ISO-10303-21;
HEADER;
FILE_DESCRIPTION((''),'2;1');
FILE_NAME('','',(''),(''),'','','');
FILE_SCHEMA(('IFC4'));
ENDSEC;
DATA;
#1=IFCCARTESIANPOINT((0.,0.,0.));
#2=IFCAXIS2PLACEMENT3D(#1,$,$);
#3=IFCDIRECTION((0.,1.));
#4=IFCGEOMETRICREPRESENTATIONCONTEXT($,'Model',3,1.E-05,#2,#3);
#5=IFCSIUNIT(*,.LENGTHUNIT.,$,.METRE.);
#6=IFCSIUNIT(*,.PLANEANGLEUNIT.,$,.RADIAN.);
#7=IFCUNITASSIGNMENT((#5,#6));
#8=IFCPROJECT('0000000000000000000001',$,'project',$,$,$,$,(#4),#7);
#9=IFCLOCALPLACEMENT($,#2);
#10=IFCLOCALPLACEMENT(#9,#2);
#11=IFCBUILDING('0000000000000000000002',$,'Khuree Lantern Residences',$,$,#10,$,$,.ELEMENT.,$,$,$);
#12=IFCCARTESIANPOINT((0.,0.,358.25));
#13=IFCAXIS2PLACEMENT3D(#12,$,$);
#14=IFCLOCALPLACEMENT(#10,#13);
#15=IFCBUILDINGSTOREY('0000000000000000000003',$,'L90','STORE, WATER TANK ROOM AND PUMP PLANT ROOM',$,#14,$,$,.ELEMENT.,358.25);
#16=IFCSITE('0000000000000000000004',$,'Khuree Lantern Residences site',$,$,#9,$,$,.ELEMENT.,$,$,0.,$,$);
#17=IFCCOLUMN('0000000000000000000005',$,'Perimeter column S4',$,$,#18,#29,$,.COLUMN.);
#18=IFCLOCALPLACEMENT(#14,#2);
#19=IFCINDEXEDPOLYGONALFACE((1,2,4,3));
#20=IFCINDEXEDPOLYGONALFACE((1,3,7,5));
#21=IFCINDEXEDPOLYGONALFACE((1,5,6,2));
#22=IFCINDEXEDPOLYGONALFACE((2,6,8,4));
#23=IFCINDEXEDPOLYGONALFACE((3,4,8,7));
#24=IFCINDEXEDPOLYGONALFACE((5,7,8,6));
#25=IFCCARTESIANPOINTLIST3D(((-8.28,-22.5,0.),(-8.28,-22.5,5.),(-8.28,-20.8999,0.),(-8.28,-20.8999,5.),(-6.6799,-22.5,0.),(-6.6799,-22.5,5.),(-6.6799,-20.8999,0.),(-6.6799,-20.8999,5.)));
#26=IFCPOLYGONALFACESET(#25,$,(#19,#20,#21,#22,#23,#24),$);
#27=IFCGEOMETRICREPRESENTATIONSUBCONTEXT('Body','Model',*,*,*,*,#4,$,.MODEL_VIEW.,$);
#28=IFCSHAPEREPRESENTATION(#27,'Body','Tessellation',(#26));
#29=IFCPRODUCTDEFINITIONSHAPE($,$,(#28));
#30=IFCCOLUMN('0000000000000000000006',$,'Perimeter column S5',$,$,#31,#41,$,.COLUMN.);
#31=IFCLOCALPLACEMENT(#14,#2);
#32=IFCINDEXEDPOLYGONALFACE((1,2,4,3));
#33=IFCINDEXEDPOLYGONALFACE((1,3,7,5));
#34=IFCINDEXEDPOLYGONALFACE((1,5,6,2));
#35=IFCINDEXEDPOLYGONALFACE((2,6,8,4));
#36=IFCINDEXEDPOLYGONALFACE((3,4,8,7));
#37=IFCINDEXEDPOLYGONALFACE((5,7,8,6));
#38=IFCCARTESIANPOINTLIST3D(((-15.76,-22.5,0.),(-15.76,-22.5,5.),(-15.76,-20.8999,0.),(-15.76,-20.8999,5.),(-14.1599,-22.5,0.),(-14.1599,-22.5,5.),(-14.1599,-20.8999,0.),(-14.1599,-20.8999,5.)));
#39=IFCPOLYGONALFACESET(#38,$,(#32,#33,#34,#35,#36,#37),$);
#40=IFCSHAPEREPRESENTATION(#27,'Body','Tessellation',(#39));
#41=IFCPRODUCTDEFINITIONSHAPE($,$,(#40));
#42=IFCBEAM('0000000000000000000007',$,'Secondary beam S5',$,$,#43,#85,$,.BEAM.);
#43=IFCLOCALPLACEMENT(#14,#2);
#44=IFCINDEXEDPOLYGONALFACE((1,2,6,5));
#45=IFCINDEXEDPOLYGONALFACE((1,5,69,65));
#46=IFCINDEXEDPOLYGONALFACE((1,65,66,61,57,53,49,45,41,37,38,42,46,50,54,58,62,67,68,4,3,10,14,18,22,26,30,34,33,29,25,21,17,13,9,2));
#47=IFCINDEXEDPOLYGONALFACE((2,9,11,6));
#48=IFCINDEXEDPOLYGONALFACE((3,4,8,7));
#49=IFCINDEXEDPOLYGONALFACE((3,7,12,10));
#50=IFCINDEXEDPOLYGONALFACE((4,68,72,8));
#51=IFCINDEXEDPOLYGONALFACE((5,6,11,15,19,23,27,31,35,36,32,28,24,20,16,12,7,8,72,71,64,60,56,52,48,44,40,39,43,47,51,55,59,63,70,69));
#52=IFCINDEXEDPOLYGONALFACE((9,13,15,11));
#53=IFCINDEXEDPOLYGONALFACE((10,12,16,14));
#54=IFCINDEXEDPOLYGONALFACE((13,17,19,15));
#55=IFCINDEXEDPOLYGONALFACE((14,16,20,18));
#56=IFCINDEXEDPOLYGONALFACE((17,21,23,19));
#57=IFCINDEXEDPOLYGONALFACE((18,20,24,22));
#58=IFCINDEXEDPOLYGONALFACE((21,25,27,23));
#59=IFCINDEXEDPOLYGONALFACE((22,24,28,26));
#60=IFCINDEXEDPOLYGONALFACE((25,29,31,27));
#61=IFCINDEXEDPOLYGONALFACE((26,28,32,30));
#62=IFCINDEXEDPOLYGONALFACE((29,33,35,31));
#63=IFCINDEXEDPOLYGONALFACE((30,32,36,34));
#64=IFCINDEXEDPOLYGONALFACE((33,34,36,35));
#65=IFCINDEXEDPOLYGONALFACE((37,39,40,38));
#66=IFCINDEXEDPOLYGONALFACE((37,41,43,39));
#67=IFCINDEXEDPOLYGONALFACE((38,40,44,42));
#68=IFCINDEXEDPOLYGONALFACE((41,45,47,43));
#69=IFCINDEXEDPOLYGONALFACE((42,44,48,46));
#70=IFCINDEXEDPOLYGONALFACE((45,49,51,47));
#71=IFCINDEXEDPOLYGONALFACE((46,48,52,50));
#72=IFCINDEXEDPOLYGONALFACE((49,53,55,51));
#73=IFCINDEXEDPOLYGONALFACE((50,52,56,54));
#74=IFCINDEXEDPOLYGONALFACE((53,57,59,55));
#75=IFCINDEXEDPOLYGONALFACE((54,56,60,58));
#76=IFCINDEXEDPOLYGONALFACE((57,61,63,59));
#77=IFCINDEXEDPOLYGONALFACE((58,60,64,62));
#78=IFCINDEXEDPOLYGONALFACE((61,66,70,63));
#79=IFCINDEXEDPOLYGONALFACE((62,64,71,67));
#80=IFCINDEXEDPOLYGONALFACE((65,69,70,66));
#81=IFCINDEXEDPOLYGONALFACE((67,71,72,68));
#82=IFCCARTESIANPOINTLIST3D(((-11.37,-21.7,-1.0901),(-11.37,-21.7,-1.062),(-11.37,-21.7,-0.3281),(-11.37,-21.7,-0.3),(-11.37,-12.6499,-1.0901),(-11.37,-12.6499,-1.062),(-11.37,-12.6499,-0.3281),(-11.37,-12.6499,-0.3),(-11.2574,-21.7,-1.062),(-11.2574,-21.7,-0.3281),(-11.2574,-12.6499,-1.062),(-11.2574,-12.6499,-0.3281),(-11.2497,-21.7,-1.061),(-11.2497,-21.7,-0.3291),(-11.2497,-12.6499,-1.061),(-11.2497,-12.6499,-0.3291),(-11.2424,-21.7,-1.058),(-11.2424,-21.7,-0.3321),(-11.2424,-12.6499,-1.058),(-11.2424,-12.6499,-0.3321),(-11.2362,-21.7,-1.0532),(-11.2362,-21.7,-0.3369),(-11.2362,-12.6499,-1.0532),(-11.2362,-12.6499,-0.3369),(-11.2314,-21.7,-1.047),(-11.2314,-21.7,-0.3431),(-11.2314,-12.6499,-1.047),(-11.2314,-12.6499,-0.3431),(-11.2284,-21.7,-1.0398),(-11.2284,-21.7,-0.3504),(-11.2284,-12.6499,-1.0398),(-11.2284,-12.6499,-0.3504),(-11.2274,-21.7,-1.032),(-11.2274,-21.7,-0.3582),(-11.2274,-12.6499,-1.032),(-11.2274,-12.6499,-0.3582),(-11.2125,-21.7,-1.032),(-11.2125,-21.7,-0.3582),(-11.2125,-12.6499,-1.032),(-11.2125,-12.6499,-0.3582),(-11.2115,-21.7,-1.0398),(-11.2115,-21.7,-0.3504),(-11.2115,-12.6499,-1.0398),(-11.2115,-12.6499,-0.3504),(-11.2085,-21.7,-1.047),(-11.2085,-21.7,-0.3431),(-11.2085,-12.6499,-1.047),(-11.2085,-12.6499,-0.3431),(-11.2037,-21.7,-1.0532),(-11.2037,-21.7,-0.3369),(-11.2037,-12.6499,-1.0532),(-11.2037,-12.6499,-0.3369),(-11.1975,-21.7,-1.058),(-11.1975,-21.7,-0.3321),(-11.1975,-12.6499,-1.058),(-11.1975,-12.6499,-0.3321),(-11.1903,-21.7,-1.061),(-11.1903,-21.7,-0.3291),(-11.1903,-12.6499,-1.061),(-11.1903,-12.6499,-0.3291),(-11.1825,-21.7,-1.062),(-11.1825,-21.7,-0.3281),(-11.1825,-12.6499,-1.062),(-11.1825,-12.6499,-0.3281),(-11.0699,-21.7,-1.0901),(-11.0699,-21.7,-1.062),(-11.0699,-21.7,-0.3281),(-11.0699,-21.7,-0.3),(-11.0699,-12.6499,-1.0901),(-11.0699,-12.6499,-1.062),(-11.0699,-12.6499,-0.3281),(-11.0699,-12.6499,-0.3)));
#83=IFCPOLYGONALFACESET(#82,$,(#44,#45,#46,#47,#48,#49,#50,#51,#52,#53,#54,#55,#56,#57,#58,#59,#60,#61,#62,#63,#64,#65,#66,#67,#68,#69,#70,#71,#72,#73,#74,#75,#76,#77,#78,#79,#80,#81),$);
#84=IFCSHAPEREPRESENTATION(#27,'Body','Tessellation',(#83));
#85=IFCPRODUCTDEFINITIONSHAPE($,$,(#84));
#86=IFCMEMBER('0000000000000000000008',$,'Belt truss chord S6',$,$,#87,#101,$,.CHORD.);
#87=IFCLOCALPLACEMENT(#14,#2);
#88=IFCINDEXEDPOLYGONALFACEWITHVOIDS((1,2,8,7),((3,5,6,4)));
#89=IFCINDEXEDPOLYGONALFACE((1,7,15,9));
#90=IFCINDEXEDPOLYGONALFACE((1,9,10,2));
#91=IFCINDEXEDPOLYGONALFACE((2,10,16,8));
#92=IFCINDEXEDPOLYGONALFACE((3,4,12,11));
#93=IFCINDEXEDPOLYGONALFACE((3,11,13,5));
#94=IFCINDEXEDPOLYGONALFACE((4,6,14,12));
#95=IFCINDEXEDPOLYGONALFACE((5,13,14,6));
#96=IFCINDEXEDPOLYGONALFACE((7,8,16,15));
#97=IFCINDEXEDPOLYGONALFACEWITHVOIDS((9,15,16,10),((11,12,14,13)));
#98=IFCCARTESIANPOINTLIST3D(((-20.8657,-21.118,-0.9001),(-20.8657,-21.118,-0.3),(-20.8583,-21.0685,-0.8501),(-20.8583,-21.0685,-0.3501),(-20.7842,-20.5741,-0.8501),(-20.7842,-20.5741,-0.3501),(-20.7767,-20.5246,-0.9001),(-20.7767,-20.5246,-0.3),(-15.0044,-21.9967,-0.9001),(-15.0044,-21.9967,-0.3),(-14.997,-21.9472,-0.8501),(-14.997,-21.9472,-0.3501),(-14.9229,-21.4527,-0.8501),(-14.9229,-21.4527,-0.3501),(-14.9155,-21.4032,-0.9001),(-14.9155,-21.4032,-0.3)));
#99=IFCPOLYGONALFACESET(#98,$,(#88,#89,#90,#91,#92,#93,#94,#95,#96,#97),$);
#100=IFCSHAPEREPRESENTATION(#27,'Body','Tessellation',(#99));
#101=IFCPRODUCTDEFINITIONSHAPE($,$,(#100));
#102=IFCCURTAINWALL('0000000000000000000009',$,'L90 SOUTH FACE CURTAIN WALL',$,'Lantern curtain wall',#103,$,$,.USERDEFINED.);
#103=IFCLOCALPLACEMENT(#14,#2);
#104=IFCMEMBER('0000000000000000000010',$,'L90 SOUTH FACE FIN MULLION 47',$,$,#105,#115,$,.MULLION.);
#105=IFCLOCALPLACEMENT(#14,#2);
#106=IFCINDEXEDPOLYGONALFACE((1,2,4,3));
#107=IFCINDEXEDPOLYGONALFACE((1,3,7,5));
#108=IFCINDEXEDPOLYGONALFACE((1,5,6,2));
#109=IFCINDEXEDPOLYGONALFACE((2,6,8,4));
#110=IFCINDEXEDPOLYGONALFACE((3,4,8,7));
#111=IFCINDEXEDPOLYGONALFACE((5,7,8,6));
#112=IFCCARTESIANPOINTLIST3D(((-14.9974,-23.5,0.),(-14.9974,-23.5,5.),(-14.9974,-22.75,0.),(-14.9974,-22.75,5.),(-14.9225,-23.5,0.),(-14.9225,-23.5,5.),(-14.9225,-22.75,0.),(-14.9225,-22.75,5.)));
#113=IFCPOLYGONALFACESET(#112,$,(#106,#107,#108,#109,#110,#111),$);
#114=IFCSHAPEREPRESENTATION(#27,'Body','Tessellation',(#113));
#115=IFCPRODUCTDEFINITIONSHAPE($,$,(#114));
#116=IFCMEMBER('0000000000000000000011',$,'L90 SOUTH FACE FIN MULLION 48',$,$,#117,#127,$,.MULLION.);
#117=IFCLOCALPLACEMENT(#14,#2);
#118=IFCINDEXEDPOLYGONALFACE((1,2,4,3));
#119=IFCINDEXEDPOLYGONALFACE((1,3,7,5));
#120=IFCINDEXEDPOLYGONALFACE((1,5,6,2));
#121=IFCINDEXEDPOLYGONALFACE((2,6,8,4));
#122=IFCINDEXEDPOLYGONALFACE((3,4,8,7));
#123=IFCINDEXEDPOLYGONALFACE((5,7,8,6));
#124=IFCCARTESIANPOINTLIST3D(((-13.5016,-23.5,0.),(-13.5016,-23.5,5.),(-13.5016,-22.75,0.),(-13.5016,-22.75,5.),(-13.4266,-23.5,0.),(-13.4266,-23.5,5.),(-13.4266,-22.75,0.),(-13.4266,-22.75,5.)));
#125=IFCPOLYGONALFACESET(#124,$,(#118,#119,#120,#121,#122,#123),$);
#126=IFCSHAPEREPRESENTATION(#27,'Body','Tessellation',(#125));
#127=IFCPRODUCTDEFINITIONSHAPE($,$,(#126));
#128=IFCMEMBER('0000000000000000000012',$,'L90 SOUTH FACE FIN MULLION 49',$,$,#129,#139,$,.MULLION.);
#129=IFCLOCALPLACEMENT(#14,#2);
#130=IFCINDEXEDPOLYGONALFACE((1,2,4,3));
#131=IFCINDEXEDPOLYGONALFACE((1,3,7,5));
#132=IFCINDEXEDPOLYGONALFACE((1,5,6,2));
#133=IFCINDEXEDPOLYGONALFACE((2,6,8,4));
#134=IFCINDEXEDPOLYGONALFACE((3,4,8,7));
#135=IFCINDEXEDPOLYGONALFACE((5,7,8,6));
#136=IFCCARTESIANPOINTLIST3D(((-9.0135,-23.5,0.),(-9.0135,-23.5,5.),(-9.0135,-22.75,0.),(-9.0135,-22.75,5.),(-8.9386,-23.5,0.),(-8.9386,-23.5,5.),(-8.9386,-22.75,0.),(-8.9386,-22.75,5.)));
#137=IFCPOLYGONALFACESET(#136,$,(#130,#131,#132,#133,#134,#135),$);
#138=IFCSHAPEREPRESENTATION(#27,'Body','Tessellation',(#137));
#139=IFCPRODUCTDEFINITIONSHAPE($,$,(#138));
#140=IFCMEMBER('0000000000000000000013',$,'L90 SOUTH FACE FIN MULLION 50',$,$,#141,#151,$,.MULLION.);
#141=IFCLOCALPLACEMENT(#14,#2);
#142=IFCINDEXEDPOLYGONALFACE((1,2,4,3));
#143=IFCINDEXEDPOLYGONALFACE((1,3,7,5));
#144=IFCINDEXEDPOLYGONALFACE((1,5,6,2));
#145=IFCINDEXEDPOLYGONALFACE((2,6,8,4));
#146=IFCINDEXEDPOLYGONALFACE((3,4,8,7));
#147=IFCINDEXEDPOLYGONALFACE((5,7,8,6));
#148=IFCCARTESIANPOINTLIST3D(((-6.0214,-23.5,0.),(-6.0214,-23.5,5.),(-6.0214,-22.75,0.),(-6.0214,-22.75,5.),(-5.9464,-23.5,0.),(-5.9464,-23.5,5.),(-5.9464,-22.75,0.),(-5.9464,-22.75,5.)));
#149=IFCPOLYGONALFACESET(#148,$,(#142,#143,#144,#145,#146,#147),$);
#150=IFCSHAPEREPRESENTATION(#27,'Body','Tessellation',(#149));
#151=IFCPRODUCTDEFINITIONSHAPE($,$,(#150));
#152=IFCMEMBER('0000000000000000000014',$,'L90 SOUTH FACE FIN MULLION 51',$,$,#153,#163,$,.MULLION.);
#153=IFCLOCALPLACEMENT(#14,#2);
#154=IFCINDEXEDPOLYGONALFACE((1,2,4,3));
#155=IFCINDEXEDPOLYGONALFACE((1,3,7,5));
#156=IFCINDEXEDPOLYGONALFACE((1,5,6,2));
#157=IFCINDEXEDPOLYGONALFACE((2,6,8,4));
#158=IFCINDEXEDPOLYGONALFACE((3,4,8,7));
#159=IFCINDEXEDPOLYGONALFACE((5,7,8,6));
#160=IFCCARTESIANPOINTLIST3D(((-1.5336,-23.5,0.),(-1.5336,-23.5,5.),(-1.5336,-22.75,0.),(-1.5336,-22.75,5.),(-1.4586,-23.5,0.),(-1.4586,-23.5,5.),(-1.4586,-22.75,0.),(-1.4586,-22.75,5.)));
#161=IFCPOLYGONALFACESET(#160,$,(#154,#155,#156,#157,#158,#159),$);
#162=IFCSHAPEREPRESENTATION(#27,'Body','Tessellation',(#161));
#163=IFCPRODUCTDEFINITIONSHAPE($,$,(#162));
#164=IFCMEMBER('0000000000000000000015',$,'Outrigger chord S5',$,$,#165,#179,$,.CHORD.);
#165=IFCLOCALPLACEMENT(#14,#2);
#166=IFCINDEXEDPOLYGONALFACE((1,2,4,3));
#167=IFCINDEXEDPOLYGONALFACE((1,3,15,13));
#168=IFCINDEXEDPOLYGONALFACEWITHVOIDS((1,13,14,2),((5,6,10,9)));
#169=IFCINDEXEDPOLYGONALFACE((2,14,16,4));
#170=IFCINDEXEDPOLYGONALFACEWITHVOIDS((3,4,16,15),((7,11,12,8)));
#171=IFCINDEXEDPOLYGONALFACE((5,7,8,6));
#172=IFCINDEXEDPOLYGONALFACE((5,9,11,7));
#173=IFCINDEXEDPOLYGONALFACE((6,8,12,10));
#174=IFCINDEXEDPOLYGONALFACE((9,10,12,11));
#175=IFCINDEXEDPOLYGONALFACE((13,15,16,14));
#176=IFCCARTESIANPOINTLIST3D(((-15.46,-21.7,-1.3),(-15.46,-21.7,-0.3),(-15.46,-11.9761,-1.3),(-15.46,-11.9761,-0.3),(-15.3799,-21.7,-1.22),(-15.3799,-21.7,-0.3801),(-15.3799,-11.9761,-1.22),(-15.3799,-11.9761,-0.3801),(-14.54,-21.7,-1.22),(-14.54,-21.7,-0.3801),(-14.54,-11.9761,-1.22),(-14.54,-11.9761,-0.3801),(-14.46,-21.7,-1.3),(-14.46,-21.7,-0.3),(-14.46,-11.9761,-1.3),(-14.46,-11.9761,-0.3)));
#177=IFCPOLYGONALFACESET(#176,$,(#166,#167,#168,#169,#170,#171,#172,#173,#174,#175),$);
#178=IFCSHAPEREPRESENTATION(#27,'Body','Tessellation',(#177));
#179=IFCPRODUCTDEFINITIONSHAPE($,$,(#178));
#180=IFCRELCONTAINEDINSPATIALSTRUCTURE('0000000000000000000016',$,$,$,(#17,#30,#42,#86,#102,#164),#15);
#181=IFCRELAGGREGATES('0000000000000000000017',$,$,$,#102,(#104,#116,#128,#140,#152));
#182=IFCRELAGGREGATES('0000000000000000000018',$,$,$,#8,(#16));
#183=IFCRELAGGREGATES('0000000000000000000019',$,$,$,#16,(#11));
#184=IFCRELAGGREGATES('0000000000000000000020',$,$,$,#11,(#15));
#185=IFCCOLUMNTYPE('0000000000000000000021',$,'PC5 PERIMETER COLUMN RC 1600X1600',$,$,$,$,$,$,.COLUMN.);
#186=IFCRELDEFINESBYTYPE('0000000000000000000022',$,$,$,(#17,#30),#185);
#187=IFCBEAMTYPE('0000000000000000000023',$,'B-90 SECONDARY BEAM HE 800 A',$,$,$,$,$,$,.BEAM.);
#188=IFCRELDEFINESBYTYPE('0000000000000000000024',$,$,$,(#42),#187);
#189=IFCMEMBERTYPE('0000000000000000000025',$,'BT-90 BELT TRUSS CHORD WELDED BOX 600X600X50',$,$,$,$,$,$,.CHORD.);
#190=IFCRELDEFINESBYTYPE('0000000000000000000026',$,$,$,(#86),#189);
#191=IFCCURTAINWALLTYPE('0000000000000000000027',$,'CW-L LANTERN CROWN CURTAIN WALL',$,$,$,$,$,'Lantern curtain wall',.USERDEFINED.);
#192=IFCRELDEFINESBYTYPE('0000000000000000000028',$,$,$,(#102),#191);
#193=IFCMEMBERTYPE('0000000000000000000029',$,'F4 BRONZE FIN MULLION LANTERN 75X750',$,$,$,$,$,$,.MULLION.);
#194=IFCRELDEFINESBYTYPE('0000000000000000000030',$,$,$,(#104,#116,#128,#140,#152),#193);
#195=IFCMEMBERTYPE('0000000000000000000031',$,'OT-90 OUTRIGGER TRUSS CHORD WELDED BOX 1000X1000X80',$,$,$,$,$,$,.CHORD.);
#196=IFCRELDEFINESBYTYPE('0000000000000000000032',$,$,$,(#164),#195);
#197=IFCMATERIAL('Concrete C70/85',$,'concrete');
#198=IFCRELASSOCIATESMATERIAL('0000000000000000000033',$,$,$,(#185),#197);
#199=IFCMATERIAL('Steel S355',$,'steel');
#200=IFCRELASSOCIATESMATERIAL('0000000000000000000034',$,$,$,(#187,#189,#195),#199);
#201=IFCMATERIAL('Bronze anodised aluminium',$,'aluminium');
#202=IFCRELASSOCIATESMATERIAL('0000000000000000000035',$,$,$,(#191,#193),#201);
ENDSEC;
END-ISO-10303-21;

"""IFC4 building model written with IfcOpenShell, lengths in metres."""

from ifc_helpers import new_model, si_unit, direction, frame, origin, origin_2d, place, context, subcontext, project, spatial, rectangle, hollow_rectangle, i_section, extrude, material, material_profile, profile_set, type_object, element, aggregate, save


model = new_model("IFC4")

# Units and contexts
model_context = context("Model", 3, precision=1e-05, world=origin(), true_north=direction((0.0, 1.0)))
body_context = subcontext(model_context, "Body", "Model", "MODEL_VIEW")
ifc_project = project(units=[si_unit("LENGTHUNIT", "METRE"), si_unit("PLANEANGLEUNIT", "RADIAN")], contexts=[model_context])

# Site, building, storey
site_placement = place(None, origin())
site = spatial("IfcSite", under=ifc_project, at=site_placement, Name="Khuree Lantern Residences site", CompositionType="ELEMENT", RefElevation=0.0)
building_placement = place(site_placement, origin())
building = spatial("IfcBuilding", under=site, at=building_placement, Name="Khuree Lantern Residences", CompositionType="ELEMENT")
storey_placement = place(building_placement, frame((0.0, 0.0, 358.25)))
storey = spatial("IfcBuildingStorey", under=building, at=storey_placement, Name="L90", Description="STORE, WATER TANK ROOM AND PUMP PLANT ROOM", CompositionType="ELEMENT", Elevation=358.25)

# Columns
ifc_material_1 = material(Name="Concrete C70/85", Category="concrete")
ifc_material_profile_1 = material_profile(ifc_material_1, rectangle(XDim=1.6001, YDim=1.6001, at=origin_2d()), Name="RC 1600X1600")
ifc_profile_set_1 = profile_set([ifc_material_profile_1], Name="Concrete C70/85")
column_type = type_object("IfcColumnType", Name="PC5 PERIMETER COLUMN RC 1600X1600", PredefinedType="COLUMN", material=ifc_profile_set_1)
for number, where, z_axis, x_axis, name in (
    (1, (-7.48, -21.7, 0.0), (0.0, 0.0, 1.0), (1.0, 0.0, 0.0), "Perimeter column S4"),
    (2, (-14.96, -21.7, 0.0), (0.0, 0.0, 1.0), (1.0, 0.0, 0.0), "Perimeter column S5"),
):
    element("IfcColumn", number, at=place(storey_placement, frame(where, z_axis=z_axis, x_axis=x_axis)), inside=storey, type_object=column_type, Name=name, PredefinedType="COLUMN", context=body_context, shape_type="SweptSolid", body=[
        extrude(rectangle(XDim=1.6001, YDim=1.6001, at=origin_2d()), origin(), (0.0, 0.0, 1.0), 5.0),
    ])

# Beam
ifc_material_2 = material(Name="Steel S355", Category="steel")
ifc_material_profile_2 = material_profile(ifc_material_2, i_section(OverallWidth=0.3, OverallDepth=0.79, WebThickness=0.0149, FlangeThickness=0.0281, FilletRadius=0.03, at=origin_2d()), Name="HE 800 A")
ifc_profile_set_2 = profile_set([ifc_material_profile_2], Name="Steel S355")
beam_type = type_object("IfcBeamType", Name="B-90 SECONDARY BEAM HE 800 A", PredefinedType="BEAM", material=ifc_profile_set_2)
beam_placement = place(storey_placement, frame((-11.22, -21.7, -0.6951), z_axis=(0.0, 1.0, 0.0), x_axis=(-1.0, 0.0, 0.0)))
element("IfcBeam", 3, at=beam_placement, inside=storey, type_object=beam_type, Name="Secondary beam S5", PredefinedType="BEAM", context=body_context, shape_type="SweptSolid", body=[
    extrude(i_section(OverallWidth=0.3, OverallDepth=0.79, WebThickness=0.0149, FlangeThickness=0.0281, FilletRadius=0.03, at=origin_2d()), origin(), (0.0, 0.0, 1.0), 9.05),
])

# Member
ifc_material_profile_3 = material_profile(ifc_material_2, hollow_rectangle(XDim=0.6001, YDim=0.6001, WallThickness=0.05, at=origin_2d()), Name="WELDED BOX 600X600X50")
ifc_profile_set_3 = profile_set([ifc_material_profile_3], Name="Steel S355")
member_type_1 = type_object("IfcMemberType", Name="BT-90 BELT TRUSS CHORD WELDED BOX 600X600X50", PredefinedType="CHORD", material=ifc_profile_set_3)
member_1_placement = place(storey_placement, frame((-14.96, -21.7, -0.6001), z_axis=(-0.98895, 0.148252, 0.0), x_axis=(-0.148252, -0.98895, 0.0)))
element("IfcMember", 4, at=member_1_placement, inside=storey, type_object=member_type_1, Name="Belt truss chord S6", PredefinedType="CHORD", context=body_context, shape_type="SweptSolid", body=[
    extrude(hollow_rectangle(XDim=0.6001, YDim=0.6001, WallThickness=0.05, at=origin_2d()), origin(), (0.0, 0.0, 1.0), 5.9268),
])

# Curtain wall, members
ifc_material_3 = material(Name="Bronze anodised aluminium", Category="aluminium")
curtain_wall_type = type_object("IfcCurtainWallType", Name="CW-L LANTERN CROWN CURTAIN WALL", ElementType="Lantern curtain wall", PredefinedType="USERDEFINED", material=ifc_material_3)
curtain_wall_placement = place(storey_placement, origin())
curtain_wall = element("IfcCurtainWall", 5, at=curtain_wall_placement, inside=storey, type_object=curtain_wall_type, Name="L90 SOUTH FACE CURTAIN WALL", ObjectType="Lantern curtain wall", PredefinedType="USERDEFINED")
ifc_material_profile_4 = material_profile(ifc_material_3, rectangle(XDim=0.075, YDim=0.75, at=origin_2d()), Name="F4 75X750")
ifc_profile_set_4 = profile_set([ifc_material_profile_4], Name="Bronze anodised aluminium")
member_type_2 = type_object("IfcMemberType", Name="F4 BRONZE FIN MULLION LANTERN 75X750", PredefinedType="MULLION", material=ifc_profile_set_4)
member_2_placement = place(storey_placement, frame((-14.96, -23.125, 0.0), z_axis=(0.0, 0.0, 1.0), x_axis=(1.0, 0.0, 0.0)))
member_2 = element("IfcMember", 6, at=member_2_placement, type_object=member_type_2, Name="L90 SOUTH FACE FIN MULLION 47", PredefinedType="MULLION", context=body_context, shape_type="SweptSolid", body=[
    extrude(rectangle(XDim=0.075, YDim=0.75, at=origin_2d()), origin(), (0.0, 0.0, 1.0), 5.0),
])
member_3_placement = place(storey_placement, frame((-13.4641, -23.125, 0.0), z_axis=(0.0, 0.0, 1.0), x_axis=(1.0, 0.0, 0.0)))
member_3 = element("IfcMember", 7, at=member_3_placement, type_object=member_type_2, Name="L90 SOUTH FACE FIN MULLION 48", PredefinedType="MULLION", context=body_context, shape_type="SweptSolid", body=[
    extrude(rectangle(XDim=0.075, YDim=0.75, at=origin_2d()), origin(), (0.0, 0.0, 1.0), 5.0),
])
member_4_placement = place(storey_placement, frame((-8.9761, -23.125, 0.0), z_axis=(0.0, 0.0, 1.0), x_axis=(1.0, 0.0, 0.0)))
member_4 = element("IfcMember", 8, at=member_4_placement, type_object=member_type_2, Name="L90 SOUTH FACE FIN MULLION 49", PredefinedType="MULLION", context=body_context, shape_type="SweptSolid", body=[
    extrude(rectangle(XDim=0.075, YDim=0.75, at=origin_2d()), origin(), (0.0, 0.0, 1.0), 5.0),
])
member_5_placement = place(storey_placement, frame((-5.9839, -23.125, 0.0), z_axis=(0.0, 0.0, 1.0), x_axis=(1.0, 0.0, 0.0)))
member_5 = element("IfcMember", 9, at=member_5_placement, type_object=member_type_2, Name="L90 SOUTH FACE FIN MULLION 50", PredefinedType="MULLION", context=body_context, shape_type="SweptSolid", body=[
    extrude(rectangle(XDim=0.075, YDim=0.75, at=origin_2d()), origin(), (0.0, 0.0, 1.0), 5.0),
])
member_6_placement = place(storey_placement, frame((-1.4961, -23.125, 0.0), z_axis=(0.0, 0.0, 1.0), x_axis=(1.0, 0.0, 0.0)))
member_6 = element("IfcMember", 10, at=member_6_placement, type_object=member_type_2, Name="L90 SOUTH FACE FIN MULLION 51", PredefinedType="MULLION", context=body_context, shape_type="SweptSolid", body=[
    extrude(rectangle(XDim=0.075, YDim=0.75, at=origin_2d()), origin(), (0.0, 0.0, 1.0), 5.0),
])

# Member
ifc_material_profile_5 = material_profile(ifc_material_2, hollow_rectangle(XDim=1.0, YDim=1.0, WallThickness=0.0801, at=origin_2d()), Name="WELDED BOX 1000X1000X80")
ifc_profile_set_5 = profile_set([ifc_material_profile_5], Name="Steel S355")
member_type_3 = type_object("IfcMemberType", Name="OT-90 OUTRIGGER TRUSS CHORD WELDED BOX 1000X1000X80", PredefinedType="CHORD", material=ifc_profile_set_5)
member_7_placement = place(storey_placement, frame((-14.96, -21.7, -0.8), z_axis=(0.0, 1.0, 0.0), x_axis=(-1.0, 0.0, 0.0)))
element("IfcMember", 11, at=member_7_placement, inside=storey, type_object=member_type_3, Name="Outrigger chord S5", PredefinedType="CHORD", context=body_context, shape_type="SweptSolid", body=[
    extrude(hollow_rectangle(XDim=1.0, YDim=1.0, WallThickness=0.0801, at=origin_2d()), origin(), (0.0, 0.0, 1.0), 9.7239),
])

aggregate(curtain_wall, [member_2, member_3, member_4, member_5, member_6])

save(model, "model.ifc")
